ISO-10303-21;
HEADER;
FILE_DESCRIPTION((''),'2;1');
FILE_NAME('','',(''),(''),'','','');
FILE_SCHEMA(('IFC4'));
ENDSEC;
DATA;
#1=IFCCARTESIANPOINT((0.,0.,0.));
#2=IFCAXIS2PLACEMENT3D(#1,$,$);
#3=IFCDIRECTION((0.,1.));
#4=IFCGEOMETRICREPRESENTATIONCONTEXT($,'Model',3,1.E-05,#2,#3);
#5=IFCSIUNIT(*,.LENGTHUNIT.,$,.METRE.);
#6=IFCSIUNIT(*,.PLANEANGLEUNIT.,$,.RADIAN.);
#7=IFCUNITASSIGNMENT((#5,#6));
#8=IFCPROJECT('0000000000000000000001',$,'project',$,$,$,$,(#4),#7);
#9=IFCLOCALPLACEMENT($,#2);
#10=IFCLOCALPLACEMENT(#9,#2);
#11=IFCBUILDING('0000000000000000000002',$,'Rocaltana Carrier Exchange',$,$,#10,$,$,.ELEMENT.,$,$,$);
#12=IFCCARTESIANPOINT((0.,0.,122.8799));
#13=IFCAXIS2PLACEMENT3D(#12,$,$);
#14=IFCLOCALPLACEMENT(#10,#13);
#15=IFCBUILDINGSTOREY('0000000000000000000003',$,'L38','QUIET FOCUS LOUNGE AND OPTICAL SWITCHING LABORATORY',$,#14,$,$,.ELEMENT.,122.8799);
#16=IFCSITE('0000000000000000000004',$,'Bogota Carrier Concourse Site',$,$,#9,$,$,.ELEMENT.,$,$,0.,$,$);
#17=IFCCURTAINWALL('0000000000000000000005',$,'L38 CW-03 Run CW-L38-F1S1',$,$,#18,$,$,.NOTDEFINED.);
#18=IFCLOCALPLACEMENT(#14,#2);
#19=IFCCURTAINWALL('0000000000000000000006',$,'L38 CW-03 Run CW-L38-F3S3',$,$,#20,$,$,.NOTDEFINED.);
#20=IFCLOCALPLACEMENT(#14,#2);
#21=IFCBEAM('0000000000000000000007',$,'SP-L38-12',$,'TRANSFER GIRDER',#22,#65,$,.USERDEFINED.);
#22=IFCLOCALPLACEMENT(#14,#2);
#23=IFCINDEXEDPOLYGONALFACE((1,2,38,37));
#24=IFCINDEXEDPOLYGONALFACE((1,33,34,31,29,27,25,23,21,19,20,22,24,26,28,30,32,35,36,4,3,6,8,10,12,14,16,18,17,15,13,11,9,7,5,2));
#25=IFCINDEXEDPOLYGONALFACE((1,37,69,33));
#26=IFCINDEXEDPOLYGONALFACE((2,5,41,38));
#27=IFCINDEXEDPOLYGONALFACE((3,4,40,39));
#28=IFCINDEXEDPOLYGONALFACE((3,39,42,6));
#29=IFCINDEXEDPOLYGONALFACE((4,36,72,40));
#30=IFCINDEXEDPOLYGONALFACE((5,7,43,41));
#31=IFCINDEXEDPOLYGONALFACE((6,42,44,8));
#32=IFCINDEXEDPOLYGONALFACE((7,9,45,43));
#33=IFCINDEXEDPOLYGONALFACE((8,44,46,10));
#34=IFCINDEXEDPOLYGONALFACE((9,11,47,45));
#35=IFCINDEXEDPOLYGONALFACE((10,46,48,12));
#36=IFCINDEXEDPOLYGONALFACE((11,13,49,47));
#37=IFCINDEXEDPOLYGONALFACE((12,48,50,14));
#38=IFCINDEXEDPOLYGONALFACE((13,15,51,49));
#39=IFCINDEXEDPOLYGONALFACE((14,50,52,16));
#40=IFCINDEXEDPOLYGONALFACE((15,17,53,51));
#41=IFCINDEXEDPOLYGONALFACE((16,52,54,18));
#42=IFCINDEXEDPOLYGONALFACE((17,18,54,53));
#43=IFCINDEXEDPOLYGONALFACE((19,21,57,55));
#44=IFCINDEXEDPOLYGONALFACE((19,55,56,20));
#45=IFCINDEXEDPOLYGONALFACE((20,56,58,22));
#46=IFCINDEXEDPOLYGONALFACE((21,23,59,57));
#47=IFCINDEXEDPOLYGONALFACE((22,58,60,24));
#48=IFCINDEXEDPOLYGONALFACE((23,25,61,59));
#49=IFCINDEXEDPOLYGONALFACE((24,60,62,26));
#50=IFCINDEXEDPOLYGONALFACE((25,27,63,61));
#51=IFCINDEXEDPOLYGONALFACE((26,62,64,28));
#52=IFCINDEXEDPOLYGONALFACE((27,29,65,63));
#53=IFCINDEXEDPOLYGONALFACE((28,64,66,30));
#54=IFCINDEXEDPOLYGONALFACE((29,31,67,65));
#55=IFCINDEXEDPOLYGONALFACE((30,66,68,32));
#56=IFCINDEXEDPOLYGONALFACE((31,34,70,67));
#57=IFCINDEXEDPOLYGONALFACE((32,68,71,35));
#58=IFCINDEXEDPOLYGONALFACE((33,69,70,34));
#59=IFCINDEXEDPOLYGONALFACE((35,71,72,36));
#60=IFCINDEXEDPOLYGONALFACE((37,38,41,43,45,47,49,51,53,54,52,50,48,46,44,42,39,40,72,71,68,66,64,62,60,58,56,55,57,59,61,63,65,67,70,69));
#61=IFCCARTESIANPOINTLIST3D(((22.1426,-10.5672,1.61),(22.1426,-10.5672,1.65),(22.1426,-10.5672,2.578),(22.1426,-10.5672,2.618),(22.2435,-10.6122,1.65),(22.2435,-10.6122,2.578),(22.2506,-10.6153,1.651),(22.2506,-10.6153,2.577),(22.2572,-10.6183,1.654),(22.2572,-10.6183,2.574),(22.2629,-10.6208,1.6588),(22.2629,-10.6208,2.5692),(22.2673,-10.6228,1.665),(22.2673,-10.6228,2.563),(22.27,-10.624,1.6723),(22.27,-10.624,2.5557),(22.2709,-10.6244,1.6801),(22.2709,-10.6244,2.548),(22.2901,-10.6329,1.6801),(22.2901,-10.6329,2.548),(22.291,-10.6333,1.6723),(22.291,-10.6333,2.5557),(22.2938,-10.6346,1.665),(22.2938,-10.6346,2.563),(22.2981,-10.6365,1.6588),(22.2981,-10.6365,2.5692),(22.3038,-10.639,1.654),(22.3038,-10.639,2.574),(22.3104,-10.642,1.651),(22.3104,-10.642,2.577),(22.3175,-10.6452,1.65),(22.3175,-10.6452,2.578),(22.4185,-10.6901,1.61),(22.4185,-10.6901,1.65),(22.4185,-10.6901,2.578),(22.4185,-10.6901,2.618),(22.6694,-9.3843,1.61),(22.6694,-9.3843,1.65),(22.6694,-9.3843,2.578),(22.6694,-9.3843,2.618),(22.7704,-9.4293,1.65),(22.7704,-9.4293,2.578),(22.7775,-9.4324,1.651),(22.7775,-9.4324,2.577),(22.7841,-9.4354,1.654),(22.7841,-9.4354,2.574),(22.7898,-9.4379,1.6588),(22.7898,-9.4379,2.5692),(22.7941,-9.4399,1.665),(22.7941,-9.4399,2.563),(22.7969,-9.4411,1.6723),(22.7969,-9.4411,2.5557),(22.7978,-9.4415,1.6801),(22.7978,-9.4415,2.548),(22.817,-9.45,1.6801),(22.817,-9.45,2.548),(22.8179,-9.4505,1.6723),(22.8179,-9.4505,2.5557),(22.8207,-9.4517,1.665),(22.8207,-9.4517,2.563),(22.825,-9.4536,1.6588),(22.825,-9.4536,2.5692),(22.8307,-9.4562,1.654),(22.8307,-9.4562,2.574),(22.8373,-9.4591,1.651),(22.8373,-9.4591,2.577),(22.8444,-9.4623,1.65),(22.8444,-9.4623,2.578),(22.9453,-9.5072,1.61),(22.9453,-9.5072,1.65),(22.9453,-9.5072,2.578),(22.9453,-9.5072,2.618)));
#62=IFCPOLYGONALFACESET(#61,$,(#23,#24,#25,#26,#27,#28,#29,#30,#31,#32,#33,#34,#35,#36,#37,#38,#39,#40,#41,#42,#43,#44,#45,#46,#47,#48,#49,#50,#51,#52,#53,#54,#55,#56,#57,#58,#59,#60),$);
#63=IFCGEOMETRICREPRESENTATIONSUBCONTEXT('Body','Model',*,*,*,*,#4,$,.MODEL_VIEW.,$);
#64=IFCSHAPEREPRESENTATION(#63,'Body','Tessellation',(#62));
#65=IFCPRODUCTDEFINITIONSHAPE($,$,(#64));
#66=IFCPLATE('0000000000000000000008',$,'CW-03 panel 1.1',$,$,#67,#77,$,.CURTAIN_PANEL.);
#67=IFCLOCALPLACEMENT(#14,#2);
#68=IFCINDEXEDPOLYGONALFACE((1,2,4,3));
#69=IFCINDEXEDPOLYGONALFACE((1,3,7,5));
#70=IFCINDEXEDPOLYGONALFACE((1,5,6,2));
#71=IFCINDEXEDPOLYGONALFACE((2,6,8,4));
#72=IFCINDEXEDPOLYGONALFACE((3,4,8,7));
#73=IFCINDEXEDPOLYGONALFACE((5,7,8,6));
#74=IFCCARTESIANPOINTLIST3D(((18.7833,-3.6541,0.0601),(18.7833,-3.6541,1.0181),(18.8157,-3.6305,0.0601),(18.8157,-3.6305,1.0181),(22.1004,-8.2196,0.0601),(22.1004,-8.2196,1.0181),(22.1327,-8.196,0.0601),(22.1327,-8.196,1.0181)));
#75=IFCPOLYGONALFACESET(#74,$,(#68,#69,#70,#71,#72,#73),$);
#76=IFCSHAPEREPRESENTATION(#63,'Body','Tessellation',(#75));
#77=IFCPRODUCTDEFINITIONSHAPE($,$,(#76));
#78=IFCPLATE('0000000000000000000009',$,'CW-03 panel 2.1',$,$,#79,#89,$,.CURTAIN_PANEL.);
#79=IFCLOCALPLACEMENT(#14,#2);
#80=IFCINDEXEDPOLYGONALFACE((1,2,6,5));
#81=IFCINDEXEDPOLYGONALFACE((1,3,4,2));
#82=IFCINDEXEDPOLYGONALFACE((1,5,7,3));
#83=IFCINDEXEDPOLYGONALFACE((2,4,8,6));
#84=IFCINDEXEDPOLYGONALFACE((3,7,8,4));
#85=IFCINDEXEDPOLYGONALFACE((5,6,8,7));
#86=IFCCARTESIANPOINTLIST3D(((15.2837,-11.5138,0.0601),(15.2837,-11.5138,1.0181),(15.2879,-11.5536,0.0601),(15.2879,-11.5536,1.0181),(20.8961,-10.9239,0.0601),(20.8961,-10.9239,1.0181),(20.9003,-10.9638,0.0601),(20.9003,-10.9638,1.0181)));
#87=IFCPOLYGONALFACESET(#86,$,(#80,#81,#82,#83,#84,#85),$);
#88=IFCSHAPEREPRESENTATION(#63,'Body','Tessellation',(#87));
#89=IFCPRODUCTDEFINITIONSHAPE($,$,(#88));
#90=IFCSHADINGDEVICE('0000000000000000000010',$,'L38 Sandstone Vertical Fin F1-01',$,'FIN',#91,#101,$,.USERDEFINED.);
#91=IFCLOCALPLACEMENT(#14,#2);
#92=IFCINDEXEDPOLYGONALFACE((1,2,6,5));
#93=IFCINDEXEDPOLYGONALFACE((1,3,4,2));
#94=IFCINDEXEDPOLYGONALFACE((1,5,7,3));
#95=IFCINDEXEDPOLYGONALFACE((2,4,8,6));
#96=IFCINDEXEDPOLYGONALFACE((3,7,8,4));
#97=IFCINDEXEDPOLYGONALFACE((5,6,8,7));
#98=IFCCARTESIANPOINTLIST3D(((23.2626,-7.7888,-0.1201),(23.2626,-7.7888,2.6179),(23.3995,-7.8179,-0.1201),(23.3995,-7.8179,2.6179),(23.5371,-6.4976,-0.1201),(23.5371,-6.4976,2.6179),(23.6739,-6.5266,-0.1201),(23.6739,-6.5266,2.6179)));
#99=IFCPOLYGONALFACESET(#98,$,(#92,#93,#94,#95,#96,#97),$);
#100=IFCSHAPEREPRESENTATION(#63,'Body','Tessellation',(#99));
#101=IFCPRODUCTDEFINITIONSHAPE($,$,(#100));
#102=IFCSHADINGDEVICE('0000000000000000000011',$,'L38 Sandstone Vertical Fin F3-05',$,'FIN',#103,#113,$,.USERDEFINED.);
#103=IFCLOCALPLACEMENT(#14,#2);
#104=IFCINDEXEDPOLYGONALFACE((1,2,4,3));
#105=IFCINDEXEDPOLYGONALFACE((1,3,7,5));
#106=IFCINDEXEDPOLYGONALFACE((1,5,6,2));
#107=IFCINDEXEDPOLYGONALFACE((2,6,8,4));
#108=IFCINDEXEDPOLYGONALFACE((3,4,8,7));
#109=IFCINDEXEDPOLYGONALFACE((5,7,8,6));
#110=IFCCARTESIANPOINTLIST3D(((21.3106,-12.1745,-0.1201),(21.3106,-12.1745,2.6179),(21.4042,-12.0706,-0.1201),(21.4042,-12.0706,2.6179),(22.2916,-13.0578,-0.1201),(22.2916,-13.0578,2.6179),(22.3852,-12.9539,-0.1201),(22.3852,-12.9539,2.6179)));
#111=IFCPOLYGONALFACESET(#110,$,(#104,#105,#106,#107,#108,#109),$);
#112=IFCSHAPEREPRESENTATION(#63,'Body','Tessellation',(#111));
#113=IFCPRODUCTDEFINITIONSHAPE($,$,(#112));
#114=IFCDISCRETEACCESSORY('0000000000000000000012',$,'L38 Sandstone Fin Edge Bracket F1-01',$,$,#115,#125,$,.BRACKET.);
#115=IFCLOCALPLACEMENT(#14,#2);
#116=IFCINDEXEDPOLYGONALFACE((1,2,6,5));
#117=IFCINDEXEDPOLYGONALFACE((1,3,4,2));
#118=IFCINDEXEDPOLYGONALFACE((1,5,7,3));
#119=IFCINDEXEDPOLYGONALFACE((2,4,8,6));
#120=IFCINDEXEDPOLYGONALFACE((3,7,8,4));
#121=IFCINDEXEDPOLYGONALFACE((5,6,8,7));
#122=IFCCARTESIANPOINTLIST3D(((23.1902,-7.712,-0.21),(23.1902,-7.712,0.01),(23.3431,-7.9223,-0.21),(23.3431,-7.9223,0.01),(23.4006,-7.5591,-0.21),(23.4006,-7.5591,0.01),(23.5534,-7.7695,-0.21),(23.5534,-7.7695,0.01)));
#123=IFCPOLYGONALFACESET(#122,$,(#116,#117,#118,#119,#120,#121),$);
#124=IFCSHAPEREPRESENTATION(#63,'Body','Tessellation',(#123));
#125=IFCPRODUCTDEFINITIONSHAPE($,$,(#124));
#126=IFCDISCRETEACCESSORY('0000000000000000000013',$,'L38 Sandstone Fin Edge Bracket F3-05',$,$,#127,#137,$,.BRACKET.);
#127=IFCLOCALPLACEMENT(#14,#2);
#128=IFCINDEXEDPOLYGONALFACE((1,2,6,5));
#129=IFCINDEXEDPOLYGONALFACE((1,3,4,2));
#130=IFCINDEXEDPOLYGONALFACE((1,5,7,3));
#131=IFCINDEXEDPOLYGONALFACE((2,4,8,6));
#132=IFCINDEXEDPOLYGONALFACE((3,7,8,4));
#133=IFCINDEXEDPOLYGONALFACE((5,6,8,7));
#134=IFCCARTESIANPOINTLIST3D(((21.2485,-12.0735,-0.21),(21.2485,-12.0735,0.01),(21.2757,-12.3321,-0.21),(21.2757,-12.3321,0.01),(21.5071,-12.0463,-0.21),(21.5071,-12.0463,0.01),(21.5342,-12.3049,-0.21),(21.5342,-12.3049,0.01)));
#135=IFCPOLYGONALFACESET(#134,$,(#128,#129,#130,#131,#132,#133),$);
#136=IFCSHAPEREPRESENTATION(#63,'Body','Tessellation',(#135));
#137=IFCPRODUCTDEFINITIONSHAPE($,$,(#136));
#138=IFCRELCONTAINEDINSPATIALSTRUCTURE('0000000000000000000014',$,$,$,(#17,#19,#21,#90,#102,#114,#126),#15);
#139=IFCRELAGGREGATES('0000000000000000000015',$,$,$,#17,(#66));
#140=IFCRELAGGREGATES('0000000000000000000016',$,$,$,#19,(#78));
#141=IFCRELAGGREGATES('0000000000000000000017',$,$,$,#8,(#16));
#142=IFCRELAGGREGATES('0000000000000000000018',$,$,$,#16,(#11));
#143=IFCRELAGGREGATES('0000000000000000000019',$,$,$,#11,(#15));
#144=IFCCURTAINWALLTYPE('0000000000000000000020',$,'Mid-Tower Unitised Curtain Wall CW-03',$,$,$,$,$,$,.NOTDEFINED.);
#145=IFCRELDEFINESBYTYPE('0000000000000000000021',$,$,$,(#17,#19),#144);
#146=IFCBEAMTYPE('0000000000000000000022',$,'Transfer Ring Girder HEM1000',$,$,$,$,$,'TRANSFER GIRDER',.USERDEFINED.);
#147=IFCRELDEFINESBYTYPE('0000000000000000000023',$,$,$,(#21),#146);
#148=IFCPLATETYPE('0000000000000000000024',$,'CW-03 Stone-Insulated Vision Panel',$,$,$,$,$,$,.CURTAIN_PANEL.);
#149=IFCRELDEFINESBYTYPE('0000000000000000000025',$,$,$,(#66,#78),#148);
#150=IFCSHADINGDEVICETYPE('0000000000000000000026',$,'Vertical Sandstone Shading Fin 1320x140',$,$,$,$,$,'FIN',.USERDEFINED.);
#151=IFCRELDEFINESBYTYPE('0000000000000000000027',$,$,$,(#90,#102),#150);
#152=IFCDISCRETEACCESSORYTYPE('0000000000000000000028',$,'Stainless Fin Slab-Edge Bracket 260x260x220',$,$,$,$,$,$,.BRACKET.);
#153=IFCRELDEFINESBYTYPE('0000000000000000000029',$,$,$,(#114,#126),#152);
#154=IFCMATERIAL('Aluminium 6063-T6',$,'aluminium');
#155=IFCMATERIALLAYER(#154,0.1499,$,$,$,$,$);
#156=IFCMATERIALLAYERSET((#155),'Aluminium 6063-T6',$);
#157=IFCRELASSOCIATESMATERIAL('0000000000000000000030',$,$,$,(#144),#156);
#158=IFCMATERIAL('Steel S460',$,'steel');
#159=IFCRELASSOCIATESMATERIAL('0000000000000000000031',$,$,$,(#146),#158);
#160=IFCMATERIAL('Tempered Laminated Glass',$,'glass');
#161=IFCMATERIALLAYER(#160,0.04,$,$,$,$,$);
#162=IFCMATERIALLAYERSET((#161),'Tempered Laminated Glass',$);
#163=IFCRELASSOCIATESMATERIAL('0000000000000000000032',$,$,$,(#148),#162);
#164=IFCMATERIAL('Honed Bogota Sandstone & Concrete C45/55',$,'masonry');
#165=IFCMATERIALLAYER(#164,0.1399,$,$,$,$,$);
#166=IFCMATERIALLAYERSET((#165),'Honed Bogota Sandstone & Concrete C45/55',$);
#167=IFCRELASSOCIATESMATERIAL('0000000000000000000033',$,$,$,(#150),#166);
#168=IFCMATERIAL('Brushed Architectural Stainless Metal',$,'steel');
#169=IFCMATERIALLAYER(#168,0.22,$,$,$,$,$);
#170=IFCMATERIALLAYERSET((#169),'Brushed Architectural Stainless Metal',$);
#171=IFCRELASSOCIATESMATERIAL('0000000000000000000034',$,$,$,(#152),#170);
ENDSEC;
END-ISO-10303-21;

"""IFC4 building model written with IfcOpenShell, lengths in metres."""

from ifc_helpers import new_model, si_unit, direction, frame, origin, origin_2d, place, context, subcontext, project, spatial, rectangle, i_section, extrude, material, layer, layer_set, material_profile, profile_set, type_object, element, aggregate, save


model = new_model("IFC4")

# Units and contexts
model_context = context("Model", 3, precision=1e-05, world=origin(), true_north=direction((0.0, 1.0)))
body_context = subcontext(model_context, "Body", "Model", "MODEL_VIEW")
ifc_project = project(units=[si_unit("LENGTHUNIT", "METRE"), si_unit("PLANEANGLEUNIT", "RADIAN")], contexts=[model_context])

# Site, building, storey
site_placement = place(None, origin())
site = spatial("IfcSite", under=ifc_project, at=site_placement, Name="Bogota Carrier Concourse Site", CompositionType="ELEMENT", RefElevation=0.0)
building_placement = place(site_placement, origin())
building = spatial("IfcBuilding", under=site, at=building_placement, Name="Rocaltana Carrier Exchange", CompositionType="ELEMENT")
storey_placement = place(building_placement, frame((0.0, 0.0, 122.8799)))
storey = spatial("IfcBuildingStorey", under=building, at=storey_placement, Name="L38", Description="QUIET FOCUS LOUNGE AND OPTICAL SWITCHING LABORATORY", CompositionType="ELEMENT", Elevation=122.8799)

# Curtain wall
ifc_material_1 = material(Name="Aluminium 6063-T6", Category="aluminium")
ifc_layer_1 = layer(ifc_material_1, 0.1499)
ifc_layer_set_1 = layer_set([ifc_layer_1], Name="Aluminium 6063-T6")
curtain_wall_type = type_object("IfcCurtainWallType", Name="Mid-Tower Unitised Curtain Wall CW-03", PredefinedType="NOTDEFINED", material=ifc_layer_set_1)
curtain_wall_1_placement = place(storey_placement, origin())
curtain_wall_1 = element("IfcCurtainWall", 1, at=curtain_wall_1_placement, inside=storey, type_object=curtain_wall_type, Name="L38 CW-03 Run CW-L38-F1S1", PredefinedType="NOTDEFINED")

# Curtain wall
curtain_wall_2_placement = place(storey_placement, origin())
curtain_wall_2 = element("IfcCurtainWall", 2, at=curtain_wall_2_placement, inside=storey, type_object=curtain_wall_type, Name="L38 CW-03 Run CW-L38-F3S3", PredefinedType="NOTDEFINED")

# Beam
ifc_material_2 = material(Name="Steel S460", Category="steel")
ifc_material_profile_1 = material_profile(ifc_material_2, i_section(OverallWidth=0.302, OverallDepth=1.0081, WebThickness=0.021, FlangeThickness=0.04, FilletRadius=0.03, at=origin_2d()), Name="HEM1000")
ifc_profile_set_1 = profile_set([ifc_material_profile_1], Name="Steel S460")
beam_type_1 = type_object("IfcBeamType", Name="Transfer Ring Girder HEM1000", ElementType="TRANSFER GIRDER", PredefinedType="USERDEFINED", material=ifc_profile_set_1)
beam_1_placement = place(storey_placement, frame((22.2805, -10.6287, 2.114), z_axis=(0.406873, 0.913485, 0.0), x_axis=(-0.913485, 0.406873, 0.0)))
element("IfcBeam", 3, at=beam_1_placement, inside=storey, type_object=beam_type_1, Name="SP-L38-12", ObjectType="TRANSFER GIRDER", PredefinedType="USERDEFINED", context=body_context, shape_type="SweptSolid", body=[
    extrude(i_section(OverallWidth=0.302, OverallDepth=1.0081, WebThickness=0.021, FlangeThickness=0.04, FilletRadius=0.03, at=origin_2d()), origin(), (0.0, 0.0, 1.0), 1.2949),
])

# Plates
ifc_material_3 = material(Name="Tempered Laminated Glass", Category="glass")
ifc_layer_2 = layer(ifc_material_3, 0.04)
ifc_layer_set_2 = layer_set([ifc_layer_2], Name="Tempered Laminated Glass")
plate_type = type_object("IfcPlateType", Name="CW-03 Stone-Insulated Vision Panel", PredefinedType="CURTAIN_PANEL", material=ifc_layer_set_2)
plate_1_placement = place(storey_placement, frame((20.458, -5.925, 0.0601), z_axis=(0.0, 0.0, 1.0), x_axis=(-0.58779, 0.809014, 0.0)))
plate_1 = element("IfcPlate", 4, at=plate_1_placement, type_object=plate_type, Name="CW-03 panel 1.1", PredefinedType="CURTAIN_PANEL", context=body_context, shape_type="SweptSolid", body=[
    extrude(rectangle(XDim=5.6433, YDim=0.04, at=origin_2d()), origin(), (0.0, 0.0, 1.0), 0.958),
])
aggregate(curtain_wall_1, [plate_1])
plate_2_placement = place(storey_placement, frame((18.092, -11.2388, 0.0601), z_axis=(0.0, 0.0, 1.0), x_axis=(0.994523, 0.104522, 0.0)))
plate_2 = element("IfcPlate", 5, at=plate_2_placement, type_object=plate_type, Name="CW-03 panel 2.1", PredefinedType="CURTAIN_PANEL", context=body_context, shape_type="SweptSolid", body=[
    extrude(rectangle(XDim=5.6433, YDim=0.04, at=origin_2d()), origin(), (0.0, 0.0, 1.0), 0.958),
])
aggregate(curtain_wall_2, [plate_2])

# Shading devices
ifc_material_4 = material(Name="Honed Bogota Sandstone & Concrete C45/55", Category="masonry")
ifc_layer_3 = layer(ifc_material_4, 0.1399)
ifc_layer_set_3 = layer_set([ifc_layer_3], Name="Honed Bogota Sandstone & Concrete C45/55")
shading_device_type = type_object("IfcShadingDeviceType", Name="Vertical Sandstone Shading Fin 1320x140", ElementType="FIN", PredefinedType="USERDEFINED", material=ifc_layer_set_3)
for number, where, z_axis, x_axis, name in (
    (6, (23.4683, -7.1577, -0.1201), (0.0, 0.0, 1.0), (0.207912, 0.978148, 0.0), "L38 Sandstone Vertical Fin F1-01"),
    (7, (21.8479, -12.5642, -0.1201), (0.0, 0.0, 1.0), (0.743145, -0.669131, 0.0), "L38 Sandstone Vertical Fin F3-05"),
):
    element("IfcShadingDevice", number, at=place(storey_placement, frame(where, z_axis=z_axis, x_axis=x_axis)), inside=storey, type_object=shading_device_type, Name=name, ObjectType="FIN", PredefinedType="USERDEFINED", context=body_context, shape_type="SweptSolid", body=[
        extrude(rectangle(XDim=1.3201, YDim=0.1399, at=origin_2d()), origin(), (0.0, 0.0, 1.0), 2.738),
    ])

# Discrete accessories
ifc_material_5 = material(Name="Brushed Architectural Stainless Metal", Category="steel")
ifc_layer_4 = layer(ifc_material_5, 0.22)
ifc_layer_set_4 = layer_set([ifc_layer_4], Name="Brushed Architectural Stainless Metal")
discrete_accessory_type = type_object("IfcDiscreteAccessoryType", Name="Stainless Fin Slab-Edge Bracket 260x260x220", PredefinedType="BRACKET", material=ifc_layer_set_4)
for number, where, z_axis, x_axis, name in (
    (8, (23.3718, -7.7407, -0.21), (0.0, 0.0, 1.0), (-0.587785, 0.809017, 0.0), "L38 Sandstone Fin Edge Bracket F1-01"),
    (9, (21.3914, -12.1892, -0.21), (0.0, 0.0, 1.0), (0.994522, 0.104528, 0.0), "L38 Sandstone Fin Edge Bracket F3-05"),
):
    element("IfcDiscreteAccessory", number, at=place(storey_placement, frame(where, z_axis=z_axis, x_axis=x_axis)), inside=storey, type_object=discrete_accessory_type, Name=name, PredefinedType="BRACKET", context=body_context, shape_type="SweptSolid", body=[
        extrude(rectangle(XDim=0.26, YDim=0.26, at=origin_2d()), origin(), (0.0, 0.0, 1.0), 0.22),
    ])

save(model, "model.ifc")
